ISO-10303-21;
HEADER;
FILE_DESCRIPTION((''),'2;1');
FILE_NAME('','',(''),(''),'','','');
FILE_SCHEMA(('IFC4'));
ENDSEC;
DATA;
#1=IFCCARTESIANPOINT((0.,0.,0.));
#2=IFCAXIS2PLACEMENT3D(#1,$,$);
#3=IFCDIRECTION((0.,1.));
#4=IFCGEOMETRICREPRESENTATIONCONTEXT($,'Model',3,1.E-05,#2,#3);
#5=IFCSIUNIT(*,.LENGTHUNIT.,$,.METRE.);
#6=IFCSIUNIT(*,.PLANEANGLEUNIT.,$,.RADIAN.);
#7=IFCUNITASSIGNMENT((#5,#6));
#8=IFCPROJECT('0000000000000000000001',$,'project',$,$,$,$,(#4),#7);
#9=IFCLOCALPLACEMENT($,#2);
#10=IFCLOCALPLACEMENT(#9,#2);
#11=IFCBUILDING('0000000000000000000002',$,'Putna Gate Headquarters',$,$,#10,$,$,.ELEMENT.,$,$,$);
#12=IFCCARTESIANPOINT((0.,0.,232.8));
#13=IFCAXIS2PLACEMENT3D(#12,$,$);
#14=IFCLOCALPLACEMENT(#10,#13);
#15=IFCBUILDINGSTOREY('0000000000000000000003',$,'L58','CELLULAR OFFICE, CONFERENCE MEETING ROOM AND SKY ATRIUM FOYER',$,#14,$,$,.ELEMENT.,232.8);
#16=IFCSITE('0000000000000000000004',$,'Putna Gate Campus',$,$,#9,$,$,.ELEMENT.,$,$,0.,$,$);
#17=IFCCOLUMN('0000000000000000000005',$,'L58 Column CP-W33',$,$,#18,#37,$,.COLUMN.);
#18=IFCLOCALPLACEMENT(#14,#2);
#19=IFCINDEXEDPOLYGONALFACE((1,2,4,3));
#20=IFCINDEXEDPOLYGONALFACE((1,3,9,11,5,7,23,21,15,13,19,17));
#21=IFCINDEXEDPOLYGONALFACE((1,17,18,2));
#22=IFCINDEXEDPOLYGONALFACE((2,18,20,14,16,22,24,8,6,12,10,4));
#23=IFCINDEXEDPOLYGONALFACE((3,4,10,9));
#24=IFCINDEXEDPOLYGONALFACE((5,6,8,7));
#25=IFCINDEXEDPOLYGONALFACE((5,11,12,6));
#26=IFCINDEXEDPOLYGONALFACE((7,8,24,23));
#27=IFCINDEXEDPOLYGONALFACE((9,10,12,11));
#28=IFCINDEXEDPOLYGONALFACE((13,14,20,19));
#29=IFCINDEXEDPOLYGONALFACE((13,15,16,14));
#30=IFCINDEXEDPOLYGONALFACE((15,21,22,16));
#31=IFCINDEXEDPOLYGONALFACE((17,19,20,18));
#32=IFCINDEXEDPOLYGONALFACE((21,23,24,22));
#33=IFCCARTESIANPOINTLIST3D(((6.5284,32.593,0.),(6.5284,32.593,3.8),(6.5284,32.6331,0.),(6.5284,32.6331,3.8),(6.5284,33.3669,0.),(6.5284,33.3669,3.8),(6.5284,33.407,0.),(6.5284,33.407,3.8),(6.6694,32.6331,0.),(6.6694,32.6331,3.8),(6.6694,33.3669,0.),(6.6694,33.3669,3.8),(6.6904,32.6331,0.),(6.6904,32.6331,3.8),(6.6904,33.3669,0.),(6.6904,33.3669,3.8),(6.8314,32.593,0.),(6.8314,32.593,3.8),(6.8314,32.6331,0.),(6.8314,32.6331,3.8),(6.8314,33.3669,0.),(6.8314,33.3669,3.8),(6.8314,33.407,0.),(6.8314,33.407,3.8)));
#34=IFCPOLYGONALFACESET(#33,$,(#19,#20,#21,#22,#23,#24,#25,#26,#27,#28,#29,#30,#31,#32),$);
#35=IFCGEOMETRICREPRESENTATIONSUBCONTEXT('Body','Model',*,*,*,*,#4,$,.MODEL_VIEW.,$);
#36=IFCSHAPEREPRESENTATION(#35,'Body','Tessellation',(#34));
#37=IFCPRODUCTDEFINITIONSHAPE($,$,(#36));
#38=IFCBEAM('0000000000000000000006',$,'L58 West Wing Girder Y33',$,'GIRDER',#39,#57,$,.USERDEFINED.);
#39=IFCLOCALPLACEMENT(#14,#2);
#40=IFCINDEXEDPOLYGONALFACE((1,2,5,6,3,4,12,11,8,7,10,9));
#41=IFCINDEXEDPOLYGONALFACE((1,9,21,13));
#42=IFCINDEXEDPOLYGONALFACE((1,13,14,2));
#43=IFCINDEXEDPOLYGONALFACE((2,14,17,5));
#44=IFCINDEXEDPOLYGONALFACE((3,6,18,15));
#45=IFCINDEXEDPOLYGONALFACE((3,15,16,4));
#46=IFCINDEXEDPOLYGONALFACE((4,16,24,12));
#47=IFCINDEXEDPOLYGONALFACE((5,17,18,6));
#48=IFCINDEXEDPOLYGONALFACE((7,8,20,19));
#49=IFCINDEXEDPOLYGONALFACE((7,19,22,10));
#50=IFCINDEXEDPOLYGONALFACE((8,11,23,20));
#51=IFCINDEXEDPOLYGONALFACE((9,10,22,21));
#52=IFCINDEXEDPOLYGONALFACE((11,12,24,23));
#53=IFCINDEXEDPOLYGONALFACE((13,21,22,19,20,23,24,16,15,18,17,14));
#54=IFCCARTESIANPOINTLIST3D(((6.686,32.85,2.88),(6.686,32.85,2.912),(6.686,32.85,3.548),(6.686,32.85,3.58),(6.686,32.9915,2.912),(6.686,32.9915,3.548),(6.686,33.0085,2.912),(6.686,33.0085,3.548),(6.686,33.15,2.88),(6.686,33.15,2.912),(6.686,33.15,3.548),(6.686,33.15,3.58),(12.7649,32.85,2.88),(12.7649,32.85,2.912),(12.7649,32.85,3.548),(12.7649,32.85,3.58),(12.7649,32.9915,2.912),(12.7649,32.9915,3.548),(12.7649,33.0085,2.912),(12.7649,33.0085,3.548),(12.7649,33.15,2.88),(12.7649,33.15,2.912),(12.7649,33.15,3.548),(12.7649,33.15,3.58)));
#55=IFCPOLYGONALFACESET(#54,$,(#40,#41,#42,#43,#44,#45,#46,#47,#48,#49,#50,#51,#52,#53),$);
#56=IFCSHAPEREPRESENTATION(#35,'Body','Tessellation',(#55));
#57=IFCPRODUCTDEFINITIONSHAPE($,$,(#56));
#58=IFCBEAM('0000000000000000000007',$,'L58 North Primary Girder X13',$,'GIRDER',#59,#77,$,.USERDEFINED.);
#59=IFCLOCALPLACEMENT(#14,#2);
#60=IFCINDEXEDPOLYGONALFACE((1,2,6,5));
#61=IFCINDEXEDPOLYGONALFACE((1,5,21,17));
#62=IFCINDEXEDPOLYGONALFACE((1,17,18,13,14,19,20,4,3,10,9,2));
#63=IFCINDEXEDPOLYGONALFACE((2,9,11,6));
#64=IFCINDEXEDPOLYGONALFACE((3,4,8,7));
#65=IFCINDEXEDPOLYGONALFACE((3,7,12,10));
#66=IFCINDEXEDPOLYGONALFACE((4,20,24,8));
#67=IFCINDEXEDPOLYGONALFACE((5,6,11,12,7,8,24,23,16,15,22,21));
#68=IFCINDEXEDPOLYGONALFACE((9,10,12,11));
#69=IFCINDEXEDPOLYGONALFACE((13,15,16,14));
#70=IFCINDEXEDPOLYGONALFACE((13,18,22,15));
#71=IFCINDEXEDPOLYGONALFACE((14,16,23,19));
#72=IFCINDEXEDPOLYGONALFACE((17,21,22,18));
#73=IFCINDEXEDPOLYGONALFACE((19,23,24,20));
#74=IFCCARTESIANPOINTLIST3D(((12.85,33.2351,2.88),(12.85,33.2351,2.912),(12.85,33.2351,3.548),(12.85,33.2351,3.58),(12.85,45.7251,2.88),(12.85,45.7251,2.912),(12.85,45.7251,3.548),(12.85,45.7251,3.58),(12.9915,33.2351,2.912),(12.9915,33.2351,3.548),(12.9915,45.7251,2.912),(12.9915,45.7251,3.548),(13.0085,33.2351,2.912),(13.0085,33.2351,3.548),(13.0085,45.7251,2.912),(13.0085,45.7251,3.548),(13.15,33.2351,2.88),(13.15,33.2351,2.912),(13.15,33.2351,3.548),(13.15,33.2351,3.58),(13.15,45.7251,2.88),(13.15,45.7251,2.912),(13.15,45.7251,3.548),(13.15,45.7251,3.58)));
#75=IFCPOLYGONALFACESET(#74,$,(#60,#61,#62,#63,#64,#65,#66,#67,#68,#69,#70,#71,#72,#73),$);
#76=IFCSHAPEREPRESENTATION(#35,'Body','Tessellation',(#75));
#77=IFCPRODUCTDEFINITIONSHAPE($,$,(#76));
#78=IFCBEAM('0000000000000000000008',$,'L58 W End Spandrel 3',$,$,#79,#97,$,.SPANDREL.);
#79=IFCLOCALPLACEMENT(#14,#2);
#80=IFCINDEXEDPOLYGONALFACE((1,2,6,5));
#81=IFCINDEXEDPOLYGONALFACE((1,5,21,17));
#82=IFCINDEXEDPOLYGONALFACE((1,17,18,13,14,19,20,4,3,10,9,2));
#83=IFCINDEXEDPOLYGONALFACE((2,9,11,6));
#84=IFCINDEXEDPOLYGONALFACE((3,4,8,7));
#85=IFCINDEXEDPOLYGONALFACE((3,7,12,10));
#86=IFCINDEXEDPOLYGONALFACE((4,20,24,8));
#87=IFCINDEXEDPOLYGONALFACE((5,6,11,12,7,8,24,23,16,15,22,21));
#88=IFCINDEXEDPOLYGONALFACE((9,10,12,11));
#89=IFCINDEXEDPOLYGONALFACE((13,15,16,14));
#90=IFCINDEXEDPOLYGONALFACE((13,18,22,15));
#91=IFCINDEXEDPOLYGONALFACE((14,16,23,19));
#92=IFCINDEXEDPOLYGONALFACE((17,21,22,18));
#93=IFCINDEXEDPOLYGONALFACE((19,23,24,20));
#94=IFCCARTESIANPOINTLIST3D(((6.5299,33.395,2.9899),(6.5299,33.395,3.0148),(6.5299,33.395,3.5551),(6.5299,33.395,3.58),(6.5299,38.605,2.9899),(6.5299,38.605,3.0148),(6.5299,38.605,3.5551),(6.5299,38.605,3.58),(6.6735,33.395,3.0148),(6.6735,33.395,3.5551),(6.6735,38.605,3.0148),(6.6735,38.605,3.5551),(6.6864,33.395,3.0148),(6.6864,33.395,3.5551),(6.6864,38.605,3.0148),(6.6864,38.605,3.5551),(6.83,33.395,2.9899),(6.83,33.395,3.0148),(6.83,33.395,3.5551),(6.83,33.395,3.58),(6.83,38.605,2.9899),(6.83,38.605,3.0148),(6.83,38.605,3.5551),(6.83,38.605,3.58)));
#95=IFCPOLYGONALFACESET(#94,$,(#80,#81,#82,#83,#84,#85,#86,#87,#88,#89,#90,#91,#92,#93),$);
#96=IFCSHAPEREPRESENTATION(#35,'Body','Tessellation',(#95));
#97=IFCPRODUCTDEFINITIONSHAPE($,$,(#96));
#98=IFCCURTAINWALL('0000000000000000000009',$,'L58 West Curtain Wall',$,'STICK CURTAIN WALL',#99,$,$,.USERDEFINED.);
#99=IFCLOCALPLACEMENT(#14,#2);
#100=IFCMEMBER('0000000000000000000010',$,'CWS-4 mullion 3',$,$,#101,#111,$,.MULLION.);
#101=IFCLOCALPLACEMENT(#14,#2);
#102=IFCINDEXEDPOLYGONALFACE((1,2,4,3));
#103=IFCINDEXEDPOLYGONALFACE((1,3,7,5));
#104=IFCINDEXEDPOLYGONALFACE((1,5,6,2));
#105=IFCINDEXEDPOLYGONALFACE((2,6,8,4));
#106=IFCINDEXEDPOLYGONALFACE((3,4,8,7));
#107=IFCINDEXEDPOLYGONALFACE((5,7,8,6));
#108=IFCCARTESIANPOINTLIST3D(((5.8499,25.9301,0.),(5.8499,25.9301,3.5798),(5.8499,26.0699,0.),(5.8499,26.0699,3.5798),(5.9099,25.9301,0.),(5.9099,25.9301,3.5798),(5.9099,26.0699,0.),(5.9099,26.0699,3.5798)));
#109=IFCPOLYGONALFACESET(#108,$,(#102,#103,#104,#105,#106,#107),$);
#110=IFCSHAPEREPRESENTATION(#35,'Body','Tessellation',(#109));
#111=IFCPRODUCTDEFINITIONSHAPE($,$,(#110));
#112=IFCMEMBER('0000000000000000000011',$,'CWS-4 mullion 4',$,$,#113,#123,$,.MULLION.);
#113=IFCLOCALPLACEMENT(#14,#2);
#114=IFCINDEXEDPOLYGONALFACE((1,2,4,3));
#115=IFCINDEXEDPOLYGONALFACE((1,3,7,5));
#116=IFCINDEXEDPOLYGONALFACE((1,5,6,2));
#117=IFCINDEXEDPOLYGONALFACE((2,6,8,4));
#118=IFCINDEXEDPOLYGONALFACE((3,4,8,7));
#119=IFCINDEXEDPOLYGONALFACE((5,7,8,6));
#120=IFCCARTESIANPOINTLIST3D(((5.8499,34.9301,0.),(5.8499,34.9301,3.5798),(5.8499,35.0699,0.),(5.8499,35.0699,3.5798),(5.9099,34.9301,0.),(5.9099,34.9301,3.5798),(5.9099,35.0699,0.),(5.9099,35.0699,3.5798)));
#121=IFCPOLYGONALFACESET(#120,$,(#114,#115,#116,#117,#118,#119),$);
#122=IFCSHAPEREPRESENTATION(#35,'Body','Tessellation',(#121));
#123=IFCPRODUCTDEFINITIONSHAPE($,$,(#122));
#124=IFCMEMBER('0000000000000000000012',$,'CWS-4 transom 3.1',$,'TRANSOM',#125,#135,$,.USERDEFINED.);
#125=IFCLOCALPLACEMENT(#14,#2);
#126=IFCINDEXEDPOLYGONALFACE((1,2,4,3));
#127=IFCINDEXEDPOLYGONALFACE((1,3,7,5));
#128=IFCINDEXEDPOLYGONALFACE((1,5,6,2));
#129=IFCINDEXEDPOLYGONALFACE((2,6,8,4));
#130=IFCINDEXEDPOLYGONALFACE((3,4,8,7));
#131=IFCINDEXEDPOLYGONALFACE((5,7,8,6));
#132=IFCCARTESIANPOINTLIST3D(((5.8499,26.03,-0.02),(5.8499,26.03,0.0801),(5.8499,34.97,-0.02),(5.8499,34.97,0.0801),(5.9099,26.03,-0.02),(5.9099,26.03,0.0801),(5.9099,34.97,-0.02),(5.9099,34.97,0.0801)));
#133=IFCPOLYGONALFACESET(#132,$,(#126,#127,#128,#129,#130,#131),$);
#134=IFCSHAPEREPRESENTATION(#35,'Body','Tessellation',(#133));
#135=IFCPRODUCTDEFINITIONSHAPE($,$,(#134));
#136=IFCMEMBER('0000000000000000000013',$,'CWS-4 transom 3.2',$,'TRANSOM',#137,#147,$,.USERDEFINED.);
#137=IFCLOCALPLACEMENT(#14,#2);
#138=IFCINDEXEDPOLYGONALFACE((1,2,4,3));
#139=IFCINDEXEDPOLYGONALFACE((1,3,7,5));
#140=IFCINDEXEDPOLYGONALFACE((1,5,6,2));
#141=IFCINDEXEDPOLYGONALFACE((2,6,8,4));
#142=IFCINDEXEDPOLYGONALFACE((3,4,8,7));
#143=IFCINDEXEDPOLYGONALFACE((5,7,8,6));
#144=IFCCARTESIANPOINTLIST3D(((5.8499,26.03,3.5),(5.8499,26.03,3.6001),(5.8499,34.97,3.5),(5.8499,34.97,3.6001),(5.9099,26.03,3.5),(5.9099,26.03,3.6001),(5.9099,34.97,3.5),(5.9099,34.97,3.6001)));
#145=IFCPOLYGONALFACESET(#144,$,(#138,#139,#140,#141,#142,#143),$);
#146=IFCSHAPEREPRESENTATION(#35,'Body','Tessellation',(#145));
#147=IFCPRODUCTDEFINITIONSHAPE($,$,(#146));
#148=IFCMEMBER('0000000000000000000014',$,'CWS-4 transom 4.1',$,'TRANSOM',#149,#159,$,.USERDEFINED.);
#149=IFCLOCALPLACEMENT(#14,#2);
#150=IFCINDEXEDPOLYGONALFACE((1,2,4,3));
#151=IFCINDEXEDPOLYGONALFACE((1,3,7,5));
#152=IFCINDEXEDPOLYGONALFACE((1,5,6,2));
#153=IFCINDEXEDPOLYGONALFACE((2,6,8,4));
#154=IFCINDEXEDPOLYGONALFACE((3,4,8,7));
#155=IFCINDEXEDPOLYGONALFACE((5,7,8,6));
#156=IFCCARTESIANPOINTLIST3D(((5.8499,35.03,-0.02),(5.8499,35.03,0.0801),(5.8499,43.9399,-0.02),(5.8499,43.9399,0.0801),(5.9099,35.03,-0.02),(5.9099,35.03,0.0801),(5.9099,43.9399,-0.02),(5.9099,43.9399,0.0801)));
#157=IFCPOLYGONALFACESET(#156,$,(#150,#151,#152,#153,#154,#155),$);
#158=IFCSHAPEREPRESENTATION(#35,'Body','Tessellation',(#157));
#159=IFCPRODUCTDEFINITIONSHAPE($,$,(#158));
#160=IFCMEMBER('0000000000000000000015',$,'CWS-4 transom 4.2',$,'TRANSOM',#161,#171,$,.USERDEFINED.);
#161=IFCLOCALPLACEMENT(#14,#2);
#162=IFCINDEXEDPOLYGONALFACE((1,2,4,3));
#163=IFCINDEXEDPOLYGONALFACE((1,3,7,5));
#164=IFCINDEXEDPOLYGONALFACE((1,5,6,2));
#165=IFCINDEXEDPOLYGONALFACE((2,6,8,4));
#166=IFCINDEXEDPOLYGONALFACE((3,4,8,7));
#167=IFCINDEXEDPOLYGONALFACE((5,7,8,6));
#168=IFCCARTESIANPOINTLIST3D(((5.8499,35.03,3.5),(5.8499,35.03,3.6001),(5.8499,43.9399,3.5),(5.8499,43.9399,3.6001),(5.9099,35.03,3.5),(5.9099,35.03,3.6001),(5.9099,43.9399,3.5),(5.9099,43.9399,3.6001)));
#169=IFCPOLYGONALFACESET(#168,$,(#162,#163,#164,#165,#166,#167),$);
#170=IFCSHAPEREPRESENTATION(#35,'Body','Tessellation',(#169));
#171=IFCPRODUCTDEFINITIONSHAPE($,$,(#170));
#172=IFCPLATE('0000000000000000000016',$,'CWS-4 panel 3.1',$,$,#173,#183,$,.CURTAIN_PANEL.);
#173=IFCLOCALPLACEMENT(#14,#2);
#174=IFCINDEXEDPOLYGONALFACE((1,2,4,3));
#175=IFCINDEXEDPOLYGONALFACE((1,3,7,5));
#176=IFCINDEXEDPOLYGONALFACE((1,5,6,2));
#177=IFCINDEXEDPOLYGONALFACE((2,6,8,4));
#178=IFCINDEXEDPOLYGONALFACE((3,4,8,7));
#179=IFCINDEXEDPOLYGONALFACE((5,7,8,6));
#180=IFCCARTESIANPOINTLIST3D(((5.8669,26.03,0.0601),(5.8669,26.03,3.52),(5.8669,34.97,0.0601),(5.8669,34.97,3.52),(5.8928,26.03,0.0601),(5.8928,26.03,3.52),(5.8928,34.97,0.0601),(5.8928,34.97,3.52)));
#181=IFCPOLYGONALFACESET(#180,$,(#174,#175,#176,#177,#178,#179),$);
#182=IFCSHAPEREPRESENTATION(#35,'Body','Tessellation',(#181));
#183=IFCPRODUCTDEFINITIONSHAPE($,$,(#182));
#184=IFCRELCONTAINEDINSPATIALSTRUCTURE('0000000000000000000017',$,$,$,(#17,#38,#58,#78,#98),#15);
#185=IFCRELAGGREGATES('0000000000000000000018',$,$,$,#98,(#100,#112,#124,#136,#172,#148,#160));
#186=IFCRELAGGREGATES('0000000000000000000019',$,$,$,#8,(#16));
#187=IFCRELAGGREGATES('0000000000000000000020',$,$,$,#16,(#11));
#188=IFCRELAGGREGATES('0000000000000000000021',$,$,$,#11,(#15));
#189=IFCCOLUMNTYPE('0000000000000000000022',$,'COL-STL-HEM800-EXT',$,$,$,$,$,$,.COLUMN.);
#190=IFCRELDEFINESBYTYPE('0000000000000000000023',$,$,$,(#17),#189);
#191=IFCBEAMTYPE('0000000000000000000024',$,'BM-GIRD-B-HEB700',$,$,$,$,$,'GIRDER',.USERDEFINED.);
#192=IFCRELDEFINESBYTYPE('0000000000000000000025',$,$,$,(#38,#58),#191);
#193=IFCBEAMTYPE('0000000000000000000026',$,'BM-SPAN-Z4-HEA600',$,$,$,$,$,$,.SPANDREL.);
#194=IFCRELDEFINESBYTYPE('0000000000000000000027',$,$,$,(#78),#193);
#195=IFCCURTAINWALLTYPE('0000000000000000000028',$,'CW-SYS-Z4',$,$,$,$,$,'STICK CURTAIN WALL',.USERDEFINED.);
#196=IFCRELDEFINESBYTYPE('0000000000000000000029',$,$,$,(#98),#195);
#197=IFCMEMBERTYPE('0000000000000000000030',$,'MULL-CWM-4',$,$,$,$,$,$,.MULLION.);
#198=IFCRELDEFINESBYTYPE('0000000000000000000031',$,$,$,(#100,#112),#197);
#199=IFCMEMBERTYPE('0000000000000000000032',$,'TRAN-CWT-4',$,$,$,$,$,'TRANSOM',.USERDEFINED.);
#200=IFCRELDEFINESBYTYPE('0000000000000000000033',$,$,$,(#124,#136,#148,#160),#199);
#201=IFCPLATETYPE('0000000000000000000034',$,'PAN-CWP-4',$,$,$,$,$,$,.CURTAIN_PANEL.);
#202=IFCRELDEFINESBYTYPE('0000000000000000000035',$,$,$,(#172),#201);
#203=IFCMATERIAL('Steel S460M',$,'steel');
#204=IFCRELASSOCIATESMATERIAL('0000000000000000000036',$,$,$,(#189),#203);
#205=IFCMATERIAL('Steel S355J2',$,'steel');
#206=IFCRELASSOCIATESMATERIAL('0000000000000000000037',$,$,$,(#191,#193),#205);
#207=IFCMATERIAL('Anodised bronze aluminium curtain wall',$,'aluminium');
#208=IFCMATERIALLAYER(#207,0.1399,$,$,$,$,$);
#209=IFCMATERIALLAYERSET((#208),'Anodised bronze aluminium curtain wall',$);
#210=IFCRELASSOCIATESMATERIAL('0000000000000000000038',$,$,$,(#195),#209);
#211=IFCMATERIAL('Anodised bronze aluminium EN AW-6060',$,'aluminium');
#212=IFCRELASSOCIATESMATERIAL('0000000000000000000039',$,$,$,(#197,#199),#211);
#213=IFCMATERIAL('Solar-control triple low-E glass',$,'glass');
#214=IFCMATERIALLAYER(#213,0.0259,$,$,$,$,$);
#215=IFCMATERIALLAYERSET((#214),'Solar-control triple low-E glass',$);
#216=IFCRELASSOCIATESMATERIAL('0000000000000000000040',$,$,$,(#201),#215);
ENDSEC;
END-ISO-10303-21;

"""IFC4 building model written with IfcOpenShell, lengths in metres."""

from ifc_helpers import new_model, si_unit, direction, frame, origin, origin_2d, place, context, subcontext, project, spatial, rectangle, i_section, extrude, material, layer, layer_set, material_profile, profile_set, type_object, element, aggregate, save


model = new_model("IFC4")

# Units and contexts
model_context = context("Model", 3, precision=1e-05, world=origin(), true_north=direction((0.0, 1.0)))
body_context = subcontext(model_context, "Body", "Model", "MODEL_VIEW")
ifc_project = project(units=[si_unit("LENGTHUNIT", "METRE"), si_unit("PLANEANGLEUNIT", "RADIAN")], contexts=[model_context])

# Site, building, storey
site_placement = place(None, origin())
site = spatial("IfcSite", under=ifc_project, at=site_placement, Name="Putna Gate Campus", CompositionType="ELEMENT", RefElevation=0.0)
building_placement = place(site_placement, origin())
building = spatial("IfcBuilding", under=site, at=building_placement, Name="Putna Gate Headquarters", CompositionType="ELEMENT")
storey_placement = place(building_placement, frame((0.0, 0.0, 232.8)))
storey = spatial("IfcBuildingStorey", under=building, at=storey_placement, Name="L58", Description="CELLULAR OFFICE, CONFERENCE MEETING ROOM AND SKY ATRIUM FOYER", CompositionType="ELEMENT", Elevation=232.8)

# Column
ifc_material_1 = material(Name="Steel S460M", Category="steel")
ifc_material_profile_1 = material_profile(ifc_material_1, i_section(OverallWidth=0.303, OverallDepth=0.814, WebThickness=0.021, FlangeThickness=0.04, at=origin_2d()), Name="Steel S460M")
ifc_profile_set_1 = profile_set([ifc_material_profile_1], Name="Steel S460M")
column_type = type_object("IfcColumnType", Name="COL-STL-HEM800-EXT", PredefinedType="COLUMN", material=ifc_profile_set_1)
column_placement = place(storey_placement, frame((6.6799, 33.0, 0.0), z_axis=(0.0, 0.0, 1.0), x_axis=(1.0, 0.0, 0.0)))
element("IfcColumn", 1, at=column_placement, inside=storey, type_object=column_type, Name="L58 Column CP-W33", PredefinedType="COLUMN", context=body_context, shape_type="SweptSolid", body=[
    extrude(i_section(OverallWidth=0.303, OverallDepth=0.814, WebThickness=0.021, FlangeThickness=0.04, at=origin_2d()), origin(), (0.0, 0.0, 1.0), 3.8),
])

# Beams
ifc_material_2 = material(Name="Steel S355J2", Category="steel")
ifc_material_profile_2 = material_profile(ifc_material_2, i_section(OverallWidth=0.3, OverallDepth=0.7, WebThickness=0.0171, FlangeThickness=0.032, at=origin_2d()), Name="Steel S355J2")
ifc_profile_set_2 = profile_set([ifc_material_profile_2], Name="Steel S355J2")
beam_type_1 = type_object("IfcBeamType", Name="BM-GIRD-B-HEB700", ElementType="GIRDER", PredefinedType="USERDEFINED", material=ifc_profile_set_2)
beam_1_placement = place(storey_placement, frame((6.686, 33.0, 3.23), z_axis=(1.0, 0.0, 0.0), x_axis=(0.0, 1.0, 0.0)))
element("IfcBeam", 2, at=beam_1_placement, inside=storey, type_object=beam_type_1, Name="L58 West Wing Girder Y33", ObjectType="GIRDER", PredefinedType="USERDEFINED", context=body_context, shape_type="SweptSolid", body=[
    extrude(i_section(OverallWidth=0.3, OverallDepth=0.7, WebThickness=0.0171, FlangeThickness=0.032, at=origin_2d()), origin(), (0.0, 0.0, 1.0), 6.0789),
])
beam_2_placement = place(storey_placement, frame((13.0, 33.2351, 3.23), z_axis=(0.0, 1.0, 0.0), x_axis=(-1.0, 0.0, 0.0)))
element("IfcBeam", 3, at=beam_2_placement, inside=storey, type_object=beam_type_1, Name="L58 North Primary Girder X13", ObjectType="GIRDER", PredefinedType="USERDEFINED", context=body_context, shape_type="SweptSolid", body=[
    extrude(i_section(OverallWidth=0.3, OverallDepth=0.7, WebThickness=0.0171, FlangeThickness=0.032, at=origin_2d()), origin(), (0.0, 0.0, 1.0), 12.49),
])
ifc_material_profile_3 = material_profile(ifc_material_2, i_section(OverallWidth=0.3, OverallDepth=0.5901, WebThickness=0.0129, FlangeThickness=0.0249, at=origin_2d()), Name="Steel S355J2")
ifc_profile_set_3 = profile_set([ifc_material_profile_3], Name="Steel S355J2")
beam_type_2 = type_object("IfcBeamType", Name="BM-SPAN-Z4-HEA600", PredefinedType="SPANDREL", material=ifc_profile_set_3)
beam_3_placement = place(storey_placement, frame((6.6799, 33.395, 3.2849), z_axis=(0.0, 1.0, 0.0), x_axis=(-1.0, 0.0, 0.0)))
element("IfcBeam", 4, at=beam_3_placement, inside=storey, type_object=beam_type_2, Name="L58 W End Spandrel 3", PredefinedType="SPANDREL", context=body_context, shape_type="SweptSolid", body=[
    extrude(i_section(OverallWidth=0.3, OverallDepth=0.5901, WebThickness=0.0129, FlangeThickness=0.0249, at=origin_2d()), origin(), (0.0, 0.0, 1.0), 5.21),
])

# Curtain wall, members, plate
ifc_material_3 = material(Name="Anodised bronze aluminium curtain wall", Category="aluminium")
ifc_layer_1 = layer(ifc_material_3, 0.1399)
ifc_layer_set_1 = layer_set([ifc_layer_1], Name="Anodised bronze aluminium curtain wall")
curtain_wall_type = type_object("IfcCurtainWallType", Name="CW-SYS-Z4", ElementType="STICK CURTAIN WALL", PredefinedType="USERDEFINED", material=ifc_layer_set_1)
curtain_wall_placement = place(storey_placement, origin())
curtain_wall = element("IfcCurtainWall", 5, at=curtain_wall_placement, inside=storey, type_object=curtain_wall_type, Name="L58 West Curtain Wall", ObjectType="STICK CURTAIN WALL", PredefinedType="USERDEFINED")
ifc_material_4 = material(Name="Anodised bronze aluminium EN AW-6060", Category="aluminium")
ifc_material_profile_4 = material_profile(ifc_material_4, rectangle(XDim=0.0601, YDim=0.1399, at=origin_2d()), Name="Anodised bronze aluminium EN AW-6060")
ifc_profile_set_4 = profile_set([ifc_material_profile_4], Name="Anodised bronze aluminium EN AW-6060")
member_type_1 = type_object("IfcMemberType", Name="MULL-CWM-4", PredefinedType="MULLION", material=ifc_profile_set_4)
member_1_placement = place(storey_placement, frame((5.8799, 26.0, 0.0), z_axis=(0.0, 0.0, 1.0), x_axis=(-1.0, 0.0, 0.0)))
member_1 = element("IfcMember", 6, at=member_1_placement, type_object=member_type_1, Name="CWS-4 mullion 3", PredefinedType="MULLION", context=body_context, shape_type="SweptSolid", body=[
    extrude(rectangle(XDim=0.0601, YDim=0.1399, at=origin_2d()), origin(), (0.0, 0.0, 1.0), 3.5798),
])
member_2_placement = place(storey_placement, frame((5.8799, 35.0, 0.0), z_axis=(0.0, 0.0, 1.0), x_axis=(-1.0, 0.0, 0.0)))
member_2 = element("IfcMember", 7, at=member_2_placement, type_object=member_type_1, Name="CWS-4 mullion 4", PredefinedType="MULLION", context=body_context, shape_type="SweptSolid", body=[
    extrude(rectangle(XDim=0.0601, YDim=0.1399, at=origin_2d()), origin(), (0.0, 0.0, 1.0), 3.5798),
])
ifc_material_profile_5 = material_profile(ifc_material_4, rectangle(XDim=0.0601, YDim=0.1001, at=origin_2d()), Name="Anodised bronze aluminium EN AW-6060")
ifc_profile_set_5 = profile_set([ifc_material_profile_5], Name="Anodised bronze aluminium EN AW-6060")
member_type_2 = type_object("IfcMemberType", Name="TRAN-CWT-4", ElementType="TRANSOM", PredefinedType="USERDEFINED", material=ifc_profile_set_5)
member_3_placement = place(storey_placement, frame((5.8799, 26.03, 0.03), z_axis=(0.0, 1.0, 0.0), x_axis=(-1.0, 0.0, 0.0)))
member_3 = element("IfcMember", 8, at=member_3_placement, type_object=member_type_2, Name="CWS-4 transom 3.1", ObjectType="TRANSOM", PredefinedType="USERDEFINED", context=body_context, shape_type="SweptSolid", body=[
    extrude(rectangle(XDim=0.0601, YDim=0.1001, at=origin_2d()), origin(), (0.0, 0.0, 1.0), 8.9399),
])
member_4_placement = place(storey_placement, frame((5.8799, 26.03, 3.55), z_axis=(0.0, 1.0, 0.0), x_axis=(-1.0, 0.0, 0.0)))
member_4 = element("IfcMember", 9, at=member_4_placement, type_object=member_type_2, Name="CWS-4 transom 3.2", ObjectType="TRANSOM", PredefinedType="USERDEFINED", context=body_context, shape_type="SweptSolid", body=[
    extrude(rectangle(XDim=0.0601, YDim=0.1001, at=origin_2d()), origin(), (0.0, 0.0, 1.0), 8.9399),
])
member_5_placement = place(storey_placement, frame((5.8799, 35.03, 0.03), z_axis=(0.0, 1.0, 0.0), x_axis=(-1.0, 0.0, 0.0)))
member_5 = element("IfcMember", 10, at=member_5_placement, type_object=member_type_2, Name="CWS-4 transom 4.1", ObjectType="TRANSOM", PredefinedType="USERDEFINED", context=body_context, shape_type="SweptSolid", body=[
    extrude(rectangle(XDim=0.0601, YDim=0.1001, at=origin_2d()), origin(), (0.0, 0.0, 1.0), 8.9099),
])
member_6_placement = place(storey_placement, frame((5.8799, 35.03, 3.55), z_axis=(0.0, 1.0, 0.0), x_axis=(-1.0, 0.0, 0.0)))
member_6 = element("IfcMember", 11, at=member_6_placement, type_object=member_type_2, Name="CWS-4 transom 4.2", ObjectType="TRANSOM", PredefinedType="USERDEFINED", context=body_context, shape_type="SweptSolid", body=[
    extrude(rectangle(XDim=0.0601, YDim=0.1001, at=origin_2d()), origin(), (0.0, 0.0, 1.0), 8.9099),
])
ifc_material_5 = material(Name="Solar-control triple low-E glass", Category="glass")
ifc_layer_2 = layer(ifc_material_5, 0.0259)
ifc_layer_set_2 = layer_set([ifc_layer_2], Name="Solar-control triple low-E glass")
plate_type = type_object("IfcPlateType", Name="PAN-CWP-4", PredefinedType="CURTAIN_PANEL", material=ifc_layer_set_2)
plate_placement = place(storey_placement, frame((5.8799, 30.5, 0.0601), z_axis=(0.0, 0.0, 1.0), x_axis=(0.0, 1.0, 0.0)))
plate = element("IfcPlate", 12, at=plate_placement, type_object=plate_type, Name="CWS-4 panel 3.1", PredefinedType="CURTAIN_PANEL", context=body_context, shape_type="SweptSolid", body=[
    extrude(rectangle(XDim=8.9399, YDim=0.0259, at=origin_2d()), origin(), (0.0, 0.0, 1.0), 3.46),
])
aggregate(curtain_wall, [member_1, member_2, member_3, member_4, plate, member_5, member_6])

save(model, "model.ifc")
